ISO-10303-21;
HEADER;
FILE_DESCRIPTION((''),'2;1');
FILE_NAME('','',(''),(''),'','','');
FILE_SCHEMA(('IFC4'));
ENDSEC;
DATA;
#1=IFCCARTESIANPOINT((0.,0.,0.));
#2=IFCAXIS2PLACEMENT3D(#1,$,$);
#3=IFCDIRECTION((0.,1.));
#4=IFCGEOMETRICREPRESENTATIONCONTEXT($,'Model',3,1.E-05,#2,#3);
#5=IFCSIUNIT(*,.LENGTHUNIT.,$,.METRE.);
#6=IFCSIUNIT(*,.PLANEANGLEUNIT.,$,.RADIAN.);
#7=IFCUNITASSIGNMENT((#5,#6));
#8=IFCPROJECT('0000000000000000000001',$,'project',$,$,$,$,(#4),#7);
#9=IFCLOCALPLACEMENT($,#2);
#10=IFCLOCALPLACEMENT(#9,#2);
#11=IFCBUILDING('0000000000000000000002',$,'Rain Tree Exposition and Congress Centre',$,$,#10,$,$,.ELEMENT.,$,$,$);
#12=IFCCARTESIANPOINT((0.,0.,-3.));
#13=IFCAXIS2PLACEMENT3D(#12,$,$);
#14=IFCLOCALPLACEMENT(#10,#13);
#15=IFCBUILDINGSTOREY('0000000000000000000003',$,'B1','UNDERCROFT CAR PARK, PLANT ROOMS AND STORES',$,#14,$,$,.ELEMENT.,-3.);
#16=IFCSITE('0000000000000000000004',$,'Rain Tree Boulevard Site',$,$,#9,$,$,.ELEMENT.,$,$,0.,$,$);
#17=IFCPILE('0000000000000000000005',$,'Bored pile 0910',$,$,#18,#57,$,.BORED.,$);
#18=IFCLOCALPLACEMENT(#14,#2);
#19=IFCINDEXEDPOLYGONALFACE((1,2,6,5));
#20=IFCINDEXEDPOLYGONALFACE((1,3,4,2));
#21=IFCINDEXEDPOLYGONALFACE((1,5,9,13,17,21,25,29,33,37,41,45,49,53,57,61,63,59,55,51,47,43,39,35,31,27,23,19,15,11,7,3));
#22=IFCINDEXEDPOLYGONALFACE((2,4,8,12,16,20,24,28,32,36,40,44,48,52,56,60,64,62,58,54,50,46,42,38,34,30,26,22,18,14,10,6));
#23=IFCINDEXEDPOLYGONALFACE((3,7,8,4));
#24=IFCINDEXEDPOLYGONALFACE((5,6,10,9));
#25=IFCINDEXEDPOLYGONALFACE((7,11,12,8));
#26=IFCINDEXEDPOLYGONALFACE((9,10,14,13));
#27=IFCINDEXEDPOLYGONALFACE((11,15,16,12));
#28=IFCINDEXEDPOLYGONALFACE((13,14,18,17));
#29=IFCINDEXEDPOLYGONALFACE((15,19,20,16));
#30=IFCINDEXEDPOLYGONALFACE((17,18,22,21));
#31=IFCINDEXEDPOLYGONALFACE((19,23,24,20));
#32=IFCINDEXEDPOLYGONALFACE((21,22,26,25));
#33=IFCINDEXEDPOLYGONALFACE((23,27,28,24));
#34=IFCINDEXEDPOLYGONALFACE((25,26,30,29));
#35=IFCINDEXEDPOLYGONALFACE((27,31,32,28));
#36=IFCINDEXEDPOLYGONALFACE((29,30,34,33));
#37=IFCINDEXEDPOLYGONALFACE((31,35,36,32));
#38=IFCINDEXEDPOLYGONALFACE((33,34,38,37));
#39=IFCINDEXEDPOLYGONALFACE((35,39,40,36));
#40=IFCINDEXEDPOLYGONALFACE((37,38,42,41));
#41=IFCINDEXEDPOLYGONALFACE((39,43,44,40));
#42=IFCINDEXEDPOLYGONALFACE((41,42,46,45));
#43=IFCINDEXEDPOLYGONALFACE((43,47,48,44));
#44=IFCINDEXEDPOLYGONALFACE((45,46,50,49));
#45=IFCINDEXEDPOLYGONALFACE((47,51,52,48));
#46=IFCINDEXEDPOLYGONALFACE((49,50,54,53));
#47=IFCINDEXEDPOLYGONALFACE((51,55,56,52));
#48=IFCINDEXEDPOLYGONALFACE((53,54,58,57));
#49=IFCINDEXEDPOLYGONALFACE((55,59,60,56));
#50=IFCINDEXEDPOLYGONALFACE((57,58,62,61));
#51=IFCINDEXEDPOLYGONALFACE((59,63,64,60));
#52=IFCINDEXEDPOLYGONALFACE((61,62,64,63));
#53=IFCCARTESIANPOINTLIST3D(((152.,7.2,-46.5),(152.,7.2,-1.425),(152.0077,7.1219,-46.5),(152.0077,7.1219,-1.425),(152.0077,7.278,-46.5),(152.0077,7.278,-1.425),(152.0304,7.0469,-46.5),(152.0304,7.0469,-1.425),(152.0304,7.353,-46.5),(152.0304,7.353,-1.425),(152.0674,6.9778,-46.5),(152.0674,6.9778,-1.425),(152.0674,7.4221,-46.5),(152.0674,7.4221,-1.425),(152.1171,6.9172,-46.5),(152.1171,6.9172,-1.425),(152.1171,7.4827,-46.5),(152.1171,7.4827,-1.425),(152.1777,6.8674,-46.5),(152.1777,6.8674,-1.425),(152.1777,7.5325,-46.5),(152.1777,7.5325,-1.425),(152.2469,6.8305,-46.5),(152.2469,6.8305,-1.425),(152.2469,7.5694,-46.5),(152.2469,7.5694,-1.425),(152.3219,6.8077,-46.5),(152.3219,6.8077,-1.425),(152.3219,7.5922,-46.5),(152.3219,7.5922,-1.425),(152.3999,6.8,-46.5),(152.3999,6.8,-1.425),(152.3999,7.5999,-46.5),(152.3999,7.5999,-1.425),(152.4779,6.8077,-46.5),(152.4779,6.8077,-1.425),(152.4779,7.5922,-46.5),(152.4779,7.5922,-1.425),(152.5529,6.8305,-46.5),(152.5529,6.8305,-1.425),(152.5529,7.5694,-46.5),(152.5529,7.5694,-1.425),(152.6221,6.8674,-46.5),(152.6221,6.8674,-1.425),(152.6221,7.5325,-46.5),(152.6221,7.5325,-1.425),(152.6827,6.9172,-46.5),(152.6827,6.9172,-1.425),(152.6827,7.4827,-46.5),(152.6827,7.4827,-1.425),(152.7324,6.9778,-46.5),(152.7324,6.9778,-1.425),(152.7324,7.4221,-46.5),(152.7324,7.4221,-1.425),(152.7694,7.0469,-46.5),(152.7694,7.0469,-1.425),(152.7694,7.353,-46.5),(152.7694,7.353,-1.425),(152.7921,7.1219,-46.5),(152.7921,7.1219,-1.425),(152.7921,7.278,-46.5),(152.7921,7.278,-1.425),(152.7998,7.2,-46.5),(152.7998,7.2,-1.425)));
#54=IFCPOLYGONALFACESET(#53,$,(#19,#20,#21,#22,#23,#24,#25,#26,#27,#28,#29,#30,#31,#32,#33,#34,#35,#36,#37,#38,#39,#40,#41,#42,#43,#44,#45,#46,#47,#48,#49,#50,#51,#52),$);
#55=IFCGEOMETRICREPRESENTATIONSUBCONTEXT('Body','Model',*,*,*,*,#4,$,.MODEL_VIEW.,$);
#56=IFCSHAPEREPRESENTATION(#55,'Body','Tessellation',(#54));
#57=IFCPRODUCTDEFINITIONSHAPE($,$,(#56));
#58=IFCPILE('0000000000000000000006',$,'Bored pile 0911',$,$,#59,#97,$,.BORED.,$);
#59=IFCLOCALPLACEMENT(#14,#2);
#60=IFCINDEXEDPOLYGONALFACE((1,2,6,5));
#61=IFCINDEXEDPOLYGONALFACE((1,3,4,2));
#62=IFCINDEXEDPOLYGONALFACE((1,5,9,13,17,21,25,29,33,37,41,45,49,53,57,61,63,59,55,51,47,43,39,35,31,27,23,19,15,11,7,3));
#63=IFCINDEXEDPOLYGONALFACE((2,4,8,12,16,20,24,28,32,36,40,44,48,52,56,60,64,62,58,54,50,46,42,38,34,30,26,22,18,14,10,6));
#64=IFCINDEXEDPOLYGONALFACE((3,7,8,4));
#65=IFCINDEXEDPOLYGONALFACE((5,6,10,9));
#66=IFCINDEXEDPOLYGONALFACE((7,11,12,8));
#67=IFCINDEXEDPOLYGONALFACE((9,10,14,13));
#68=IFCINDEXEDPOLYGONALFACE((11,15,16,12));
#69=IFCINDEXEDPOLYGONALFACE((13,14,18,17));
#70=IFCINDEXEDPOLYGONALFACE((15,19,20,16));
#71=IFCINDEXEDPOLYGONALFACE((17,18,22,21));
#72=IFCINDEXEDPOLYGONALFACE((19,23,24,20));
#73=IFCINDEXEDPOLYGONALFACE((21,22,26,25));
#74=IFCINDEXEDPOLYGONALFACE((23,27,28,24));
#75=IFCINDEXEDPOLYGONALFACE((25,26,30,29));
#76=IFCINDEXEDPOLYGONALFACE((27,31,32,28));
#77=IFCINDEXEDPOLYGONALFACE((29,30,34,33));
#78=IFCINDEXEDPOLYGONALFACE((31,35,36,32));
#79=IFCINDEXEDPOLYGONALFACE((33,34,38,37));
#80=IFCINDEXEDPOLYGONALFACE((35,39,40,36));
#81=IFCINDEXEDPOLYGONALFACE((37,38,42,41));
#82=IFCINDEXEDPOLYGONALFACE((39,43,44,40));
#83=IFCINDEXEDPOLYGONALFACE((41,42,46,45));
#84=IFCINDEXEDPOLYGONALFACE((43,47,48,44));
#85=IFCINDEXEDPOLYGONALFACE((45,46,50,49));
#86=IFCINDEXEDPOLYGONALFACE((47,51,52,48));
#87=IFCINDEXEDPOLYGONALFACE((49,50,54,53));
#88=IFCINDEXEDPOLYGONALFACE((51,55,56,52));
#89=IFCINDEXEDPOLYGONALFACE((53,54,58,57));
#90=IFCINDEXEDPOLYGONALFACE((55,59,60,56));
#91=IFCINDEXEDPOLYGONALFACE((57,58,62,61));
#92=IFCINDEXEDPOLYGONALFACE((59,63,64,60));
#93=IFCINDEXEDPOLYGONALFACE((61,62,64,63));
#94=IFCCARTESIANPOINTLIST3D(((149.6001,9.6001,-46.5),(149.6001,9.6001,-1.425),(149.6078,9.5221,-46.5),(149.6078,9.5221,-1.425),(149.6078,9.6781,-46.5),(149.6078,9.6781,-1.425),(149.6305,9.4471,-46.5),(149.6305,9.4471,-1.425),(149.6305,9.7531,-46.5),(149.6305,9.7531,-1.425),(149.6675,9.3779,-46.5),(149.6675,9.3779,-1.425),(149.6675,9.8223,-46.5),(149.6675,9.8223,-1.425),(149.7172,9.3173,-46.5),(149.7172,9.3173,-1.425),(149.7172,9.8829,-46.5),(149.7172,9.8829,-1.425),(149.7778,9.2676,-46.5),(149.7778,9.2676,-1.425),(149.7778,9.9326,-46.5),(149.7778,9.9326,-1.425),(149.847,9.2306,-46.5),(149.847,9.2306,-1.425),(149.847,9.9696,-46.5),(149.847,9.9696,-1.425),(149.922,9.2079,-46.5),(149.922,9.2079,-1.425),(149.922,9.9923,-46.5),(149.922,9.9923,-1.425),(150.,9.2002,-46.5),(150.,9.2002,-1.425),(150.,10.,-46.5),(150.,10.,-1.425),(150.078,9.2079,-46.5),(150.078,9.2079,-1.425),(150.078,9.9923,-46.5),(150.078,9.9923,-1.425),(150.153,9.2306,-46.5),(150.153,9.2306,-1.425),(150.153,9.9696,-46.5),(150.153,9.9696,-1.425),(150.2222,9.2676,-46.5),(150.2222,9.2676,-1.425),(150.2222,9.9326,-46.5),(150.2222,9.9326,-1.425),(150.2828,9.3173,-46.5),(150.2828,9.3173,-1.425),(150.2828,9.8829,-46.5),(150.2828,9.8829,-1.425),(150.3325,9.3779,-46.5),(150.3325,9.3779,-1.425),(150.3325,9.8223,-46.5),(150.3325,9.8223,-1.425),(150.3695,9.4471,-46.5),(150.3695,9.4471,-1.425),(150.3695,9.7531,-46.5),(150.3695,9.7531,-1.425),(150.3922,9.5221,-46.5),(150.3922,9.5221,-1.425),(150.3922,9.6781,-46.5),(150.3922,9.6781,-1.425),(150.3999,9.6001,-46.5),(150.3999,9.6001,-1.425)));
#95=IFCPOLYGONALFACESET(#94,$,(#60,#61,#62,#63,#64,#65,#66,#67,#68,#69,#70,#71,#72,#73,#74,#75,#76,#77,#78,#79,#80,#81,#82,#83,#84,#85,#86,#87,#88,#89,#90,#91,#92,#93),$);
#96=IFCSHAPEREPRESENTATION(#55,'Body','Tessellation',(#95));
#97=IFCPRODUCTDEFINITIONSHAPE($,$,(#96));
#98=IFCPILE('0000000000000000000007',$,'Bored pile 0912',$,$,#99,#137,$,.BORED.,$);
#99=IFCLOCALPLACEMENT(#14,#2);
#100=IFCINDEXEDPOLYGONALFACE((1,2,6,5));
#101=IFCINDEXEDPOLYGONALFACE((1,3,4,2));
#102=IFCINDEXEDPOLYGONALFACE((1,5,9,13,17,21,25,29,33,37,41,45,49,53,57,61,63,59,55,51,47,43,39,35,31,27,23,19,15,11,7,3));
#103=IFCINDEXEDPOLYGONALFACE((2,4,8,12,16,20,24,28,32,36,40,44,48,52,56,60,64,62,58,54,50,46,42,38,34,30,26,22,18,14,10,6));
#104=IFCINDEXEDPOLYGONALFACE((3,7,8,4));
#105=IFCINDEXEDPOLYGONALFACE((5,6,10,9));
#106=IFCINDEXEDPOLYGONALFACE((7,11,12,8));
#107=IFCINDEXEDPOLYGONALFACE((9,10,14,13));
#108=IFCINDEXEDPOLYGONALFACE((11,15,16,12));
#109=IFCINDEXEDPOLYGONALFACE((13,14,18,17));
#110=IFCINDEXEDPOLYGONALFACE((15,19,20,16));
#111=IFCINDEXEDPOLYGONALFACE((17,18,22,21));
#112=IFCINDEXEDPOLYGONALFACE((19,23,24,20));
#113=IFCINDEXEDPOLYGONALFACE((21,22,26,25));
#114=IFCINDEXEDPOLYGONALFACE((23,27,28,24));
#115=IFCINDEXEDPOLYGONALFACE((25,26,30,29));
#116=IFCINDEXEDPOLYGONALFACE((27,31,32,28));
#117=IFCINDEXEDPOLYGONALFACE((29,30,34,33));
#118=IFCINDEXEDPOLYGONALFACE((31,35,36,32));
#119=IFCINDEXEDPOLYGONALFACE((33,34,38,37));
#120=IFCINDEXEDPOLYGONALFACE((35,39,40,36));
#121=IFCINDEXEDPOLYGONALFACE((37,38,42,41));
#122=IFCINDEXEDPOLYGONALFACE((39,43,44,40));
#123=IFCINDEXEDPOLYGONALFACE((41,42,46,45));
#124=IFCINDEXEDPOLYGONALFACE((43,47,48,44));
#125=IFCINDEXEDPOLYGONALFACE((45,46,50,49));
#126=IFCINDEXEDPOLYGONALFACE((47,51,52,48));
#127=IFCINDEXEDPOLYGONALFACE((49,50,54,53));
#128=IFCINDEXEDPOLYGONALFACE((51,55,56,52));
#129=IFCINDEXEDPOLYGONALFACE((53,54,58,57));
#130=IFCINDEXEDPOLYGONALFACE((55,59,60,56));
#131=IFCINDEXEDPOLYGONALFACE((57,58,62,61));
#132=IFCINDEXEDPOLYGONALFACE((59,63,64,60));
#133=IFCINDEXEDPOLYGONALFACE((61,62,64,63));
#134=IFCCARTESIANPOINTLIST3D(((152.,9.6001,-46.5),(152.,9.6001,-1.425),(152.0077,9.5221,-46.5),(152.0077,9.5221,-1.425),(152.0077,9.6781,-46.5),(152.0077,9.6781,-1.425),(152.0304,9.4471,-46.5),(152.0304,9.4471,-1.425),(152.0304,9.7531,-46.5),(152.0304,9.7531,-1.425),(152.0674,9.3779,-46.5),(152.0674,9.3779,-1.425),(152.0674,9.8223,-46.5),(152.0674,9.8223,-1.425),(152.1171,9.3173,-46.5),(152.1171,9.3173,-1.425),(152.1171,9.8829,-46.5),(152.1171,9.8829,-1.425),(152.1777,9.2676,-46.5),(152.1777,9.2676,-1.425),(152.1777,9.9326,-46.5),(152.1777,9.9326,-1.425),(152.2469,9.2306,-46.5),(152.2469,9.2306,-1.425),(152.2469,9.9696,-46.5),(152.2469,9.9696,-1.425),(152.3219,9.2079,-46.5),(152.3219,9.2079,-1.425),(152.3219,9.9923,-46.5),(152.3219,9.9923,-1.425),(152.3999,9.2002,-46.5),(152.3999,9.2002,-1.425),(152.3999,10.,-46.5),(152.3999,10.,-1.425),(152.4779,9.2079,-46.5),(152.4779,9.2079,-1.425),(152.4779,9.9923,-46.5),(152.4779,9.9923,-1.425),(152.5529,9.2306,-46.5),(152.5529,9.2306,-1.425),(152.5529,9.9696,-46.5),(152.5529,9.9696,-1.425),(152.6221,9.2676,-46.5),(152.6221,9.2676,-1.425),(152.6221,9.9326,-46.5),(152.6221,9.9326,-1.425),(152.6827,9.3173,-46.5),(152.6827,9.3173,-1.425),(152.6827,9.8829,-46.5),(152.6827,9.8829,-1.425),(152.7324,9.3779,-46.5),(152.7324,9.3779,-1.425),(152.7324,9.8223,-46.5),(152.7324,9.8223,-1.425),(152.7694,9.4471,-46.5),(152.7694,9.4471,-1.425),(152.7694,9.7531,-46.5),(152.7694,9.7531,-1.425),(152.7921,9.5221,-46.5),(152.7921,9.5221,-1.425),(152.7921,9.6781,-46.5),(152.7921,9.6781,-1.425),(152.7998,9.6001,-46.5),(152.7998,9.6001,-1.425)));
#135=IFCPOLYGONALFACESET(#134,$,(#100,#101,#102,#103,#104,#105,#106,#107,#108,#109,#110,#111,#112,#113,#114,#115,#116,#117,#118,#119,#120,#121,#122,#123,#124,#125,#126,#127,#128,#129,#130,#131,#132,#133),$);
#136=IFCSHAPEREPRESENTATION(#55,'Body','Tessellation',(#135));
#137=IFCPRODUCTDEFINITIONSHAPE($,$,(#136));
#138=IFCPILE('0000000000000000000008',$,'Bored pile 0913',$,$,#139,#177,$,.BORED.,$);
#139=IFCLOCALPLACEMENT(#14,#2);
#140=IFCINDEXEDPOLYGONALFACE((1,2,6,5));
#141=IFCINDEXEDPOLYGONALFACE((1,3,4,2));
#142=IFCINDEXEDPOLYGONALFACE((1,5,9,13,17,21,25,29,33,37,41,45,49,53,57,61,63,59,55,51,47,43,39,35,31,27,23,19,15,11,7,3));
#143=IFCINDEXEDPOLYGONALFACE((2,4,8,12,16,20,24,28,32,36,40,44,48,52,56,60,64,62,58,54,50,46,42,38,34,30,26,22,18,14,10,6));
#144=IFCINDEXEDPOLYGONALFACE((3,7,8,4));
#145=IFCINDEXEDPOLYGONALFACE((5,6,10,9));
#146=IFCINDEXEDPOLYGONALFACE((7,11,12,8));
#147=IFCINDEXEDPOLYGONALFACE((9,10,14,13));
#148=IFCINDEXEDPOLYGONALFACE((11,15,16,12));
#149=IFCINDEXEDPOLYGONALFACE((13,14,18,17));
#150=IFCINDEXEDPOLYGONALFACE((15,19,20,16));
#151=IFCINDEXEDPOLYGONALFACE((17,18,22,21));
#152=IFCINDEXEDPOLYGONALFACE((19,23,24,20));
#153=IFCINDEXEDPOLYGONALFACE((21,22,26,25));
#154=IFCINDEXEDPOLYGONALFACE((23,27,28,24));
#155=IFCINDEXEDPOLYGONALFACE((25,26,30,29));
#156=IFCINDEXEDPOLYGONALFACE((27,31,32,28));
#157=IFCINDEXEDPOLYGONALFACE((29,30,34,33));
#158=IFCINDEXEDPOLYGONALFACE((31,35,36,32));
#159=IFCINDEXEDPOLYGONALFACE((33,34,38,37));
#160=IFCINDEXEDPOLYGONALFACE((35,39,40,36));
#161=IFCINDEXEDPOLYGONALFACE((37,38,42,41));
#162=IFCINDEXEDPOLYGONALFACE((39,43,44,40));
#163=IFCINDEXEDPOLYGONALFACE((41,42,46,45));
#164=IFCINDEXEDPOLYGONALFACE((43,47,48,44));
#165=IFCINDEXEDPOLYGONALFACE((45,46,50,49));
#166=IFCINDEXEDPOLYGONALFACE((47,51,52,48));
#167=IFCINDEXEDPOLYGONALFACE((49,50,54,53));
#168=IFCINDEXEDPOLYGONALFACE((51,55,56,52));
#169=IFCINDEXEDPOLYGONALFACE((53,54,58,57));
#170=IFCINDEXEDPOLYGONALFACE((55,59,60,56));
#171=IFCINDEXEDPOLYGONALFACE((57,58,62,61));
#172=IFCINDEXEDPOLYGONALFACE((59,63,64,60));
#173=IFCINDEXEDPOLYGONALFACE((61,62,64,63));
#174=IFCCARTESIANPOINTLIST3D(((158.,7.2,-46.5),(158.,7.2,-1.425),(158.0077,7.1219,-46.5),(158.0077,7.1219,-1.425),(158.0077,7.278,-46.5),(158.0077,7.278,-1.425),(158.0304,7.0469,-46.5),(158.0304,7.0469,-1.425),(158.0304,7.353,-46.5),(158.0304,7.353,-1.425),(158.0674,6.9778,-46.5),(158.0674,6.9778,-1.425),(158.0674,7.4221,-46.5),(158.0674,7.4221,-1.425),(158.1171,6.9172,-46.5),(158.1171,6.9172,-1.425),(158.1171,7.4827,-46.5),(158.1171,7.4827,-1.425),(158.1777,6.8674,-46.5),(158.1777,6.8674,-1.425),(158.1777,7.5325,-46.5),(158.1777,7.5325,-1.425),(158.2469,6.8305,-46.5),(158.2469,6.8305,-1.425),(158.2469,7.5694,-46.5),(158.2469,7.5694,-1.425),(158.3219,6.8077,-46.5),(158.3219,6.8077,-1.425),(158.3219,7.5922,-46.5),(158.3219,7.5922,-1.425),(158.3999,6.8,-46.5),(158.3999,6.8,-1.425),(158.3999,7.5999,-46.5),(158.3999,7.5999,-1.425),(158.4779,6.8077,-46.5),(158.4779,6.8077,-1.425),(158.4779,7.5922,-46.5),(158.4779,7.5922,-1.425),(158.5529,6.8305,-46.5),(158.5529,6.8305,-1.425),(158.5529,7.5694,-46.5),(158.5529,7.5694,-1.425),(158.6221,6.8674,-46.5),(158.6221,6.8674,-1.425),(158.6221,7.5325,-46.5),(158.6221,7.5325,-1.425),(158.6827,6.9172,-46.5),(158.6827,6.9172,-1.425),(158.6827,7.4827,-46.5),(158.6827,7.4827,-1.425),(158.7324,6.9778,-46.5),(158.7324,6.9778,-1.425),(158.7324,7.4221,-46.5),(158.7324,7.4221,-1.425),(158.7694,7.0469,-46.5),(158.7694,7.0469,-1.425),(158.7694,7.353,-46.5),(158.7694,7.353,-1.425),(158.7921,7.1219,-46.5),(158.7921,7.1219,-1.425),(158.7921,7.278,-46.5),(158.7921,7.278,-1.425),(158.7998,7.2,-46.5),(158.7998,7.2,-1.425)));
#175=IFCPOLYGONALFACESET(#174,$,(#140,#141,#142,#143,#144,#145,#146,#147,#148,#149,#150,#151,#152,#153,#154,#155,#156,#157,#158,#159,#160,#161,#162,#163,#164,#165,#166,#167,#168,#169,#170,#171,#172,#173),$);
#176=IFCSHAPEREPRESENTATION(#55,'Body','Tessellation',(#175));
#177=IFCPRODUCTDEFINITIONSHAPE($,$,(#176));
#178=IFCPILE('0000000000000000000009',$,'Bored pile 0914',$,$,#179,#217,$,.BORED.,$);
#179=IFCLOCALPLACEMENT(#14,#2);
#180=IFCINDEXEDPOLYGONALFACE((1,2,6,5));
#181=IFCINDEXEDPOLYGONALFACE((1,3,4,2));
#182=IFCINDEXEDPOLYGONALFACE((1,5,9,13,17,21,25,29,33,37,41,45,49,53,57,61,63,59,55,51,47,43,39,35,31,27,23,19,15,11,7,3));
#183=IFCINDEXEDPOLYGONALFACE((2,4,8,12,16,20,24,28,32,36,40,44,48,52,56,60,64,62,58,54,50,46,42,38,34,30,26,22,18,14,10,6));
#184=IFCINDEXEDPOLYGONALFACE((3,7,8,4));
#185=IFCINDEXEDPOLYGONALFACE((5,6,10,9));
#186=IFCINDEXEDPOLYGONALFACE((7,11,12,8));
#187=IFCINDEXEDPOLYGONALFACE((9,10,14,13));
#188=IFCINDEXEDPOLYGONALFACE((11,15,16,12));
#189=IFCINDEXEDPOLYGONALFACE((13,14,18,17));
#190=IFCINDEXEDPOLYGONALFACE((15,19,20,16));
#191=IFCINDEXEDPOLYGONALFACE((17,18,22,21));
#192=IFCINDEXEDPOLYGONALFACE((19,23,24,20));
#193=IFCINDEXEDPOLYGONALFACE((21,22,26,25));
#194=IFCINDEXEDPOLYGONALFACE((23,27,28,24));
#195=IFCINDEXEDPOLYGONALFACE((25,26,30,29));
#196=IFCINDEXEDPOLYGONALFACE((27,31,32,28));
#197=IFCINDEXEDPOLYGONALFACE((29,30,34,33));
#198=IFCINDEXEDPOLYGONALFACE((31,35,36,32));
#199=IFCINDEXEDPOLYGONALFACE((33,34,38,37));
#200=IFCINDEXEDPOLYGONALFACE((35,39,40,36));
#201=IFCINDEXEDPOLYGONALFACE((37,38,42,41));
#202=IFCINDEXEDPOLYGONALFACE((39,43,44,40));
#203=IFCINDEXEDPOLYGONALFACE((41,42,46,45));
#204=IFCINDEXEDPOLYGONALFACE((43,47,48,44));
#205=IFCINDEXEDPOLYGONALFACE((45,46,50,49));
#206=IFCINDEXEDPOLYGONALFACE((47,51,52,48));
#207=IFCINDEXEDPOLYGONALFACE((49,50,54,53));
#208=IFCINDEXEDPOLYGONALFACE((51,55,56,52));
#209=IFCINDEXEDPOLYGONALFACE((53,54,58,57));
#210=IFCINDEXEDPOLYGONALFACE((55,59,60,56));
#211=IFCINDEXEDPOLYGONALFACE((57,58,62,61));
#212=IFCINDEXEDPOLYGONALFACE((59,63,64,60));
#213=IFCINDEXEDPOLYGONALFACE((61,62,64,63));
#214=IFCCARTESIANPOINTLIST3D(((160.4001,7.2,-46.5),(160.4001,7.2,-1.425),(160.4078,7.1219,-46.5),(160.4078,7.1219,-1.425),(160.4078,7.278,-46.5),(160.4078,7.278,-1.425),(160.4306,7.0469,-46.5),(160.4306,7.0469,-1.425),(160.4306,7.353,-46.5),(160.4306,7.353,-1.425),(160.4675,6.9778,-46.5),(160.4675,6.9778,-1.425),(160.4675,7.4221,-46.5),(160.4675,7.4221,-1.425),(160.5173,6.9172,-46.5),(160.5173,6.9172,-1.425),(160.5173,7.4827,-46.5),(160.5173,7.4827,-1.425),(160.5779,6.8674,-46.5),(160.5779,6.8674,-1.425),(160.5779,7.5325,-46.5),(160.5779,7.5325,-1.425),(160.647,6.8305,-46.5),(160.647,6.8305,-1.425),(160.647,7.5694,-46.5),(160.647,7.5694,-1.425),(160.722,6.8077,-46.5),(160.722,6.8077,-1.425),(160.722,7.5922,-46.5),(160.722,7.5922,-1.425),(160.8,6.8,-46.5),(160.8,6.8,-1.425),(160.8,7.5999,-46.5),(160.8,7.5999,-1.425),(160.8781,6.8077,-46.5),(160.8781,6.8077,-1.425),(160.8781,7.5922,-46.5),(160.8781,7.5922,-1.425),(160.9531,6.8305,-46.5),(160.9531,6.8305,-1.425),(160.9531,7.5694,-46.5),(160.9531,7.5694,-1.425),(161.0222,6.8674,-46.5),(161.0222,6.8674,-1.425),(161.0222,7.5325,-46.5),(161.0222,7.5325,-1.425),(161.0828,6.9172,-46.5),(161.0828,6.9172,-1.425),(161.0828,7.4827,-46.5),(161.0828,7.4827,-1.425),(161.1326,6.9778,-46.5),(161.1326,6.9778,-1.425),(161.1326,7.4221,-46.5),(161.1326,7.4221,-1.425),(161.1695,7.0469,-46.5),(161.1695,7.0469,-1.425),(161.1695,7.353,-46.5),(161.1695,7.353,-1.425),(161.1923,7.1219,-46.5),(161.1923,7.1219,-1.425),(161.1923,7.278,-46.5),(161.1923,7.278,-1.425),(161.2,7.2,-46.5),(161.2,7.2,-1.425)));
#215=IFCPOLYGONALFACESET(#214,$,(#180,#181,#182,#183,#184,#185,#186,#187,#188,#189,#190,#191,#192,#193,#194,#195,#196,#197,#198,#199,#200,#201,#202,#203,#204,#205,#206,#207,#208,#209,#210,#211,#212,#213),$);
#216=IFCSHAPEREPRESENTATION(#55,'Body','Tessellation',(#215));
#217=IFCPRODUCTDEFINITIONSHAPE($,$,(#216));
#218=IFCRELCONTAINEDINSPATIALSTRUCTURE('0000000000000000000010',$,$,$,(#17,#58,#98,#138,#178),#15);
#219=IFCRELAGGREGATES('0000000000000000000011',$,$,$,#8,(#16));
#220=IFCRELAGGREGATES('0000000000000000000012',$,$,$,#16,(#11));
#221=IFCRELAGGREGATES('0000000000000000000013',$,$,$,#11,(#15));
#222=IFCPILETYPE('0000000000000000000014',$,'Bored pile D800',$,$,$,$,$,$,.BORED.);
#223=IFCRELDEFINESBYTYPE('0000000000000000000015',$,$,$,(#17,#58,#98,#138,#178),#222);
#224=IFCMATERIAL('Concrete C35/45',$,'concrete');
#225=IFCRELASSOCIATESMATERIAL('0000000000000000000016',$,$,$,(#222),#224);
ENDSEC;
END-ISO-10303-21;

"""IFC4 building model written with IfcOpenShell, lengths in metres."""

from ifc_helpers import new_model, si_unit, direction, frame, origin, origin_2d, place, context, subcontext, project, spatial, circle, extrude, material, material_profile, profile_set, type_object, element, save


model = new_model("IFC4")

# Units and contexts
model_context = context("Model", 3, precision=1e-05, world=origin(), true_north=direction((0.0, 1.0)))
body_context = subcontext(model_context, "Body", "Model", "MODEL_VIEW")
ifc_project = project(units=[si_unit("LENGTHUNIT", "METRE"), si_unit("PLANEANGLEUNIT", "RADIAN")], contexts=[model_context])

# Site, building, storey
site_placement = place(None, origin())
site = spatial("IfcSite", under=ifc_project, at=site_placement, Name="Rain Tree Boulevard Site", CompositionType="ELEMENT", RefElevation=0.0)
building_placement = place(site_placement, origin())
building = spatial("IfcBuilding", under=site, at=building_placement, Name="Rain Tree Exposition and Congress Centre", CompositionType="ELEMENT")
storey_placement = place(building_placement, frame((0.0, 0.0, -3.0)))
storey = spatial("IfcBuildingStorey", under=building, at=storey_placement, Name="B1", Description="UNDERCROFT CAR PARK, PLANT ROOMS AND STORES", CompositionType="ELEMENT", Elevation=-3.0)

# Piles
ifc_material_1 = material(Name="Concrete C35/45", Category="concrete")
ifc_material_profile_1 = material_profile(ifc_material_1, circle(Radius=0.3999, at=origin_2d()), Name="D800")
ifc_profile_set_1 = profile_set([ifc_material_profile_1], Name="Concrete C35/45")
pile_type_1 = type_object("IfcPileType", Name="Bored pile D800", PredefinedType="BORED", material=ifc_profile_set_1)
for number, where, z_axis, x_axis, name in (
    (1, (152.3999, 7.2, -1.425), (0.0, 0.0, -1.0), (1.0, 0.0, 0.0), "Bored pile 0910"),
    (2, (150.0, 9.6001, -1.425), (0.0, 0.0, -1.0), (1.0, 0.0, 0.0), "Bored pile 0911"),
    (3, (152.3999, 9.6001, -1.425), (0.0, 0.0, -1.0), (1.0, 0.0, 0.0), "Bored pile 0912"),
    (4, (158.3999, 7.2, -1.425), (0.0, 0.0, -1.0), (1.0, 0.0, 0.0), "Bored pile 0913"),
    (5, (160.8, 7.2, -1.425), (0.0, 0.0, -1.0), (1.0, 0.0, 0.0), "Bored pile 0914"),
):
    element("IfcPile", number, at=place(storey_placement, frame(where, z_axis=z_axis, x_axis=x_axis)), inside=storey, type_object=pile_type_1, Name=name, PredefinedType="BORED", context=body_context, shape_type="SweptSolid", body=[
        extrude(circle(Radius=0.3999, at=origin_2d()), origin(), (0.0, 0.0, 1.0), 45.075),
    ])

save(model, "model.ifc")
